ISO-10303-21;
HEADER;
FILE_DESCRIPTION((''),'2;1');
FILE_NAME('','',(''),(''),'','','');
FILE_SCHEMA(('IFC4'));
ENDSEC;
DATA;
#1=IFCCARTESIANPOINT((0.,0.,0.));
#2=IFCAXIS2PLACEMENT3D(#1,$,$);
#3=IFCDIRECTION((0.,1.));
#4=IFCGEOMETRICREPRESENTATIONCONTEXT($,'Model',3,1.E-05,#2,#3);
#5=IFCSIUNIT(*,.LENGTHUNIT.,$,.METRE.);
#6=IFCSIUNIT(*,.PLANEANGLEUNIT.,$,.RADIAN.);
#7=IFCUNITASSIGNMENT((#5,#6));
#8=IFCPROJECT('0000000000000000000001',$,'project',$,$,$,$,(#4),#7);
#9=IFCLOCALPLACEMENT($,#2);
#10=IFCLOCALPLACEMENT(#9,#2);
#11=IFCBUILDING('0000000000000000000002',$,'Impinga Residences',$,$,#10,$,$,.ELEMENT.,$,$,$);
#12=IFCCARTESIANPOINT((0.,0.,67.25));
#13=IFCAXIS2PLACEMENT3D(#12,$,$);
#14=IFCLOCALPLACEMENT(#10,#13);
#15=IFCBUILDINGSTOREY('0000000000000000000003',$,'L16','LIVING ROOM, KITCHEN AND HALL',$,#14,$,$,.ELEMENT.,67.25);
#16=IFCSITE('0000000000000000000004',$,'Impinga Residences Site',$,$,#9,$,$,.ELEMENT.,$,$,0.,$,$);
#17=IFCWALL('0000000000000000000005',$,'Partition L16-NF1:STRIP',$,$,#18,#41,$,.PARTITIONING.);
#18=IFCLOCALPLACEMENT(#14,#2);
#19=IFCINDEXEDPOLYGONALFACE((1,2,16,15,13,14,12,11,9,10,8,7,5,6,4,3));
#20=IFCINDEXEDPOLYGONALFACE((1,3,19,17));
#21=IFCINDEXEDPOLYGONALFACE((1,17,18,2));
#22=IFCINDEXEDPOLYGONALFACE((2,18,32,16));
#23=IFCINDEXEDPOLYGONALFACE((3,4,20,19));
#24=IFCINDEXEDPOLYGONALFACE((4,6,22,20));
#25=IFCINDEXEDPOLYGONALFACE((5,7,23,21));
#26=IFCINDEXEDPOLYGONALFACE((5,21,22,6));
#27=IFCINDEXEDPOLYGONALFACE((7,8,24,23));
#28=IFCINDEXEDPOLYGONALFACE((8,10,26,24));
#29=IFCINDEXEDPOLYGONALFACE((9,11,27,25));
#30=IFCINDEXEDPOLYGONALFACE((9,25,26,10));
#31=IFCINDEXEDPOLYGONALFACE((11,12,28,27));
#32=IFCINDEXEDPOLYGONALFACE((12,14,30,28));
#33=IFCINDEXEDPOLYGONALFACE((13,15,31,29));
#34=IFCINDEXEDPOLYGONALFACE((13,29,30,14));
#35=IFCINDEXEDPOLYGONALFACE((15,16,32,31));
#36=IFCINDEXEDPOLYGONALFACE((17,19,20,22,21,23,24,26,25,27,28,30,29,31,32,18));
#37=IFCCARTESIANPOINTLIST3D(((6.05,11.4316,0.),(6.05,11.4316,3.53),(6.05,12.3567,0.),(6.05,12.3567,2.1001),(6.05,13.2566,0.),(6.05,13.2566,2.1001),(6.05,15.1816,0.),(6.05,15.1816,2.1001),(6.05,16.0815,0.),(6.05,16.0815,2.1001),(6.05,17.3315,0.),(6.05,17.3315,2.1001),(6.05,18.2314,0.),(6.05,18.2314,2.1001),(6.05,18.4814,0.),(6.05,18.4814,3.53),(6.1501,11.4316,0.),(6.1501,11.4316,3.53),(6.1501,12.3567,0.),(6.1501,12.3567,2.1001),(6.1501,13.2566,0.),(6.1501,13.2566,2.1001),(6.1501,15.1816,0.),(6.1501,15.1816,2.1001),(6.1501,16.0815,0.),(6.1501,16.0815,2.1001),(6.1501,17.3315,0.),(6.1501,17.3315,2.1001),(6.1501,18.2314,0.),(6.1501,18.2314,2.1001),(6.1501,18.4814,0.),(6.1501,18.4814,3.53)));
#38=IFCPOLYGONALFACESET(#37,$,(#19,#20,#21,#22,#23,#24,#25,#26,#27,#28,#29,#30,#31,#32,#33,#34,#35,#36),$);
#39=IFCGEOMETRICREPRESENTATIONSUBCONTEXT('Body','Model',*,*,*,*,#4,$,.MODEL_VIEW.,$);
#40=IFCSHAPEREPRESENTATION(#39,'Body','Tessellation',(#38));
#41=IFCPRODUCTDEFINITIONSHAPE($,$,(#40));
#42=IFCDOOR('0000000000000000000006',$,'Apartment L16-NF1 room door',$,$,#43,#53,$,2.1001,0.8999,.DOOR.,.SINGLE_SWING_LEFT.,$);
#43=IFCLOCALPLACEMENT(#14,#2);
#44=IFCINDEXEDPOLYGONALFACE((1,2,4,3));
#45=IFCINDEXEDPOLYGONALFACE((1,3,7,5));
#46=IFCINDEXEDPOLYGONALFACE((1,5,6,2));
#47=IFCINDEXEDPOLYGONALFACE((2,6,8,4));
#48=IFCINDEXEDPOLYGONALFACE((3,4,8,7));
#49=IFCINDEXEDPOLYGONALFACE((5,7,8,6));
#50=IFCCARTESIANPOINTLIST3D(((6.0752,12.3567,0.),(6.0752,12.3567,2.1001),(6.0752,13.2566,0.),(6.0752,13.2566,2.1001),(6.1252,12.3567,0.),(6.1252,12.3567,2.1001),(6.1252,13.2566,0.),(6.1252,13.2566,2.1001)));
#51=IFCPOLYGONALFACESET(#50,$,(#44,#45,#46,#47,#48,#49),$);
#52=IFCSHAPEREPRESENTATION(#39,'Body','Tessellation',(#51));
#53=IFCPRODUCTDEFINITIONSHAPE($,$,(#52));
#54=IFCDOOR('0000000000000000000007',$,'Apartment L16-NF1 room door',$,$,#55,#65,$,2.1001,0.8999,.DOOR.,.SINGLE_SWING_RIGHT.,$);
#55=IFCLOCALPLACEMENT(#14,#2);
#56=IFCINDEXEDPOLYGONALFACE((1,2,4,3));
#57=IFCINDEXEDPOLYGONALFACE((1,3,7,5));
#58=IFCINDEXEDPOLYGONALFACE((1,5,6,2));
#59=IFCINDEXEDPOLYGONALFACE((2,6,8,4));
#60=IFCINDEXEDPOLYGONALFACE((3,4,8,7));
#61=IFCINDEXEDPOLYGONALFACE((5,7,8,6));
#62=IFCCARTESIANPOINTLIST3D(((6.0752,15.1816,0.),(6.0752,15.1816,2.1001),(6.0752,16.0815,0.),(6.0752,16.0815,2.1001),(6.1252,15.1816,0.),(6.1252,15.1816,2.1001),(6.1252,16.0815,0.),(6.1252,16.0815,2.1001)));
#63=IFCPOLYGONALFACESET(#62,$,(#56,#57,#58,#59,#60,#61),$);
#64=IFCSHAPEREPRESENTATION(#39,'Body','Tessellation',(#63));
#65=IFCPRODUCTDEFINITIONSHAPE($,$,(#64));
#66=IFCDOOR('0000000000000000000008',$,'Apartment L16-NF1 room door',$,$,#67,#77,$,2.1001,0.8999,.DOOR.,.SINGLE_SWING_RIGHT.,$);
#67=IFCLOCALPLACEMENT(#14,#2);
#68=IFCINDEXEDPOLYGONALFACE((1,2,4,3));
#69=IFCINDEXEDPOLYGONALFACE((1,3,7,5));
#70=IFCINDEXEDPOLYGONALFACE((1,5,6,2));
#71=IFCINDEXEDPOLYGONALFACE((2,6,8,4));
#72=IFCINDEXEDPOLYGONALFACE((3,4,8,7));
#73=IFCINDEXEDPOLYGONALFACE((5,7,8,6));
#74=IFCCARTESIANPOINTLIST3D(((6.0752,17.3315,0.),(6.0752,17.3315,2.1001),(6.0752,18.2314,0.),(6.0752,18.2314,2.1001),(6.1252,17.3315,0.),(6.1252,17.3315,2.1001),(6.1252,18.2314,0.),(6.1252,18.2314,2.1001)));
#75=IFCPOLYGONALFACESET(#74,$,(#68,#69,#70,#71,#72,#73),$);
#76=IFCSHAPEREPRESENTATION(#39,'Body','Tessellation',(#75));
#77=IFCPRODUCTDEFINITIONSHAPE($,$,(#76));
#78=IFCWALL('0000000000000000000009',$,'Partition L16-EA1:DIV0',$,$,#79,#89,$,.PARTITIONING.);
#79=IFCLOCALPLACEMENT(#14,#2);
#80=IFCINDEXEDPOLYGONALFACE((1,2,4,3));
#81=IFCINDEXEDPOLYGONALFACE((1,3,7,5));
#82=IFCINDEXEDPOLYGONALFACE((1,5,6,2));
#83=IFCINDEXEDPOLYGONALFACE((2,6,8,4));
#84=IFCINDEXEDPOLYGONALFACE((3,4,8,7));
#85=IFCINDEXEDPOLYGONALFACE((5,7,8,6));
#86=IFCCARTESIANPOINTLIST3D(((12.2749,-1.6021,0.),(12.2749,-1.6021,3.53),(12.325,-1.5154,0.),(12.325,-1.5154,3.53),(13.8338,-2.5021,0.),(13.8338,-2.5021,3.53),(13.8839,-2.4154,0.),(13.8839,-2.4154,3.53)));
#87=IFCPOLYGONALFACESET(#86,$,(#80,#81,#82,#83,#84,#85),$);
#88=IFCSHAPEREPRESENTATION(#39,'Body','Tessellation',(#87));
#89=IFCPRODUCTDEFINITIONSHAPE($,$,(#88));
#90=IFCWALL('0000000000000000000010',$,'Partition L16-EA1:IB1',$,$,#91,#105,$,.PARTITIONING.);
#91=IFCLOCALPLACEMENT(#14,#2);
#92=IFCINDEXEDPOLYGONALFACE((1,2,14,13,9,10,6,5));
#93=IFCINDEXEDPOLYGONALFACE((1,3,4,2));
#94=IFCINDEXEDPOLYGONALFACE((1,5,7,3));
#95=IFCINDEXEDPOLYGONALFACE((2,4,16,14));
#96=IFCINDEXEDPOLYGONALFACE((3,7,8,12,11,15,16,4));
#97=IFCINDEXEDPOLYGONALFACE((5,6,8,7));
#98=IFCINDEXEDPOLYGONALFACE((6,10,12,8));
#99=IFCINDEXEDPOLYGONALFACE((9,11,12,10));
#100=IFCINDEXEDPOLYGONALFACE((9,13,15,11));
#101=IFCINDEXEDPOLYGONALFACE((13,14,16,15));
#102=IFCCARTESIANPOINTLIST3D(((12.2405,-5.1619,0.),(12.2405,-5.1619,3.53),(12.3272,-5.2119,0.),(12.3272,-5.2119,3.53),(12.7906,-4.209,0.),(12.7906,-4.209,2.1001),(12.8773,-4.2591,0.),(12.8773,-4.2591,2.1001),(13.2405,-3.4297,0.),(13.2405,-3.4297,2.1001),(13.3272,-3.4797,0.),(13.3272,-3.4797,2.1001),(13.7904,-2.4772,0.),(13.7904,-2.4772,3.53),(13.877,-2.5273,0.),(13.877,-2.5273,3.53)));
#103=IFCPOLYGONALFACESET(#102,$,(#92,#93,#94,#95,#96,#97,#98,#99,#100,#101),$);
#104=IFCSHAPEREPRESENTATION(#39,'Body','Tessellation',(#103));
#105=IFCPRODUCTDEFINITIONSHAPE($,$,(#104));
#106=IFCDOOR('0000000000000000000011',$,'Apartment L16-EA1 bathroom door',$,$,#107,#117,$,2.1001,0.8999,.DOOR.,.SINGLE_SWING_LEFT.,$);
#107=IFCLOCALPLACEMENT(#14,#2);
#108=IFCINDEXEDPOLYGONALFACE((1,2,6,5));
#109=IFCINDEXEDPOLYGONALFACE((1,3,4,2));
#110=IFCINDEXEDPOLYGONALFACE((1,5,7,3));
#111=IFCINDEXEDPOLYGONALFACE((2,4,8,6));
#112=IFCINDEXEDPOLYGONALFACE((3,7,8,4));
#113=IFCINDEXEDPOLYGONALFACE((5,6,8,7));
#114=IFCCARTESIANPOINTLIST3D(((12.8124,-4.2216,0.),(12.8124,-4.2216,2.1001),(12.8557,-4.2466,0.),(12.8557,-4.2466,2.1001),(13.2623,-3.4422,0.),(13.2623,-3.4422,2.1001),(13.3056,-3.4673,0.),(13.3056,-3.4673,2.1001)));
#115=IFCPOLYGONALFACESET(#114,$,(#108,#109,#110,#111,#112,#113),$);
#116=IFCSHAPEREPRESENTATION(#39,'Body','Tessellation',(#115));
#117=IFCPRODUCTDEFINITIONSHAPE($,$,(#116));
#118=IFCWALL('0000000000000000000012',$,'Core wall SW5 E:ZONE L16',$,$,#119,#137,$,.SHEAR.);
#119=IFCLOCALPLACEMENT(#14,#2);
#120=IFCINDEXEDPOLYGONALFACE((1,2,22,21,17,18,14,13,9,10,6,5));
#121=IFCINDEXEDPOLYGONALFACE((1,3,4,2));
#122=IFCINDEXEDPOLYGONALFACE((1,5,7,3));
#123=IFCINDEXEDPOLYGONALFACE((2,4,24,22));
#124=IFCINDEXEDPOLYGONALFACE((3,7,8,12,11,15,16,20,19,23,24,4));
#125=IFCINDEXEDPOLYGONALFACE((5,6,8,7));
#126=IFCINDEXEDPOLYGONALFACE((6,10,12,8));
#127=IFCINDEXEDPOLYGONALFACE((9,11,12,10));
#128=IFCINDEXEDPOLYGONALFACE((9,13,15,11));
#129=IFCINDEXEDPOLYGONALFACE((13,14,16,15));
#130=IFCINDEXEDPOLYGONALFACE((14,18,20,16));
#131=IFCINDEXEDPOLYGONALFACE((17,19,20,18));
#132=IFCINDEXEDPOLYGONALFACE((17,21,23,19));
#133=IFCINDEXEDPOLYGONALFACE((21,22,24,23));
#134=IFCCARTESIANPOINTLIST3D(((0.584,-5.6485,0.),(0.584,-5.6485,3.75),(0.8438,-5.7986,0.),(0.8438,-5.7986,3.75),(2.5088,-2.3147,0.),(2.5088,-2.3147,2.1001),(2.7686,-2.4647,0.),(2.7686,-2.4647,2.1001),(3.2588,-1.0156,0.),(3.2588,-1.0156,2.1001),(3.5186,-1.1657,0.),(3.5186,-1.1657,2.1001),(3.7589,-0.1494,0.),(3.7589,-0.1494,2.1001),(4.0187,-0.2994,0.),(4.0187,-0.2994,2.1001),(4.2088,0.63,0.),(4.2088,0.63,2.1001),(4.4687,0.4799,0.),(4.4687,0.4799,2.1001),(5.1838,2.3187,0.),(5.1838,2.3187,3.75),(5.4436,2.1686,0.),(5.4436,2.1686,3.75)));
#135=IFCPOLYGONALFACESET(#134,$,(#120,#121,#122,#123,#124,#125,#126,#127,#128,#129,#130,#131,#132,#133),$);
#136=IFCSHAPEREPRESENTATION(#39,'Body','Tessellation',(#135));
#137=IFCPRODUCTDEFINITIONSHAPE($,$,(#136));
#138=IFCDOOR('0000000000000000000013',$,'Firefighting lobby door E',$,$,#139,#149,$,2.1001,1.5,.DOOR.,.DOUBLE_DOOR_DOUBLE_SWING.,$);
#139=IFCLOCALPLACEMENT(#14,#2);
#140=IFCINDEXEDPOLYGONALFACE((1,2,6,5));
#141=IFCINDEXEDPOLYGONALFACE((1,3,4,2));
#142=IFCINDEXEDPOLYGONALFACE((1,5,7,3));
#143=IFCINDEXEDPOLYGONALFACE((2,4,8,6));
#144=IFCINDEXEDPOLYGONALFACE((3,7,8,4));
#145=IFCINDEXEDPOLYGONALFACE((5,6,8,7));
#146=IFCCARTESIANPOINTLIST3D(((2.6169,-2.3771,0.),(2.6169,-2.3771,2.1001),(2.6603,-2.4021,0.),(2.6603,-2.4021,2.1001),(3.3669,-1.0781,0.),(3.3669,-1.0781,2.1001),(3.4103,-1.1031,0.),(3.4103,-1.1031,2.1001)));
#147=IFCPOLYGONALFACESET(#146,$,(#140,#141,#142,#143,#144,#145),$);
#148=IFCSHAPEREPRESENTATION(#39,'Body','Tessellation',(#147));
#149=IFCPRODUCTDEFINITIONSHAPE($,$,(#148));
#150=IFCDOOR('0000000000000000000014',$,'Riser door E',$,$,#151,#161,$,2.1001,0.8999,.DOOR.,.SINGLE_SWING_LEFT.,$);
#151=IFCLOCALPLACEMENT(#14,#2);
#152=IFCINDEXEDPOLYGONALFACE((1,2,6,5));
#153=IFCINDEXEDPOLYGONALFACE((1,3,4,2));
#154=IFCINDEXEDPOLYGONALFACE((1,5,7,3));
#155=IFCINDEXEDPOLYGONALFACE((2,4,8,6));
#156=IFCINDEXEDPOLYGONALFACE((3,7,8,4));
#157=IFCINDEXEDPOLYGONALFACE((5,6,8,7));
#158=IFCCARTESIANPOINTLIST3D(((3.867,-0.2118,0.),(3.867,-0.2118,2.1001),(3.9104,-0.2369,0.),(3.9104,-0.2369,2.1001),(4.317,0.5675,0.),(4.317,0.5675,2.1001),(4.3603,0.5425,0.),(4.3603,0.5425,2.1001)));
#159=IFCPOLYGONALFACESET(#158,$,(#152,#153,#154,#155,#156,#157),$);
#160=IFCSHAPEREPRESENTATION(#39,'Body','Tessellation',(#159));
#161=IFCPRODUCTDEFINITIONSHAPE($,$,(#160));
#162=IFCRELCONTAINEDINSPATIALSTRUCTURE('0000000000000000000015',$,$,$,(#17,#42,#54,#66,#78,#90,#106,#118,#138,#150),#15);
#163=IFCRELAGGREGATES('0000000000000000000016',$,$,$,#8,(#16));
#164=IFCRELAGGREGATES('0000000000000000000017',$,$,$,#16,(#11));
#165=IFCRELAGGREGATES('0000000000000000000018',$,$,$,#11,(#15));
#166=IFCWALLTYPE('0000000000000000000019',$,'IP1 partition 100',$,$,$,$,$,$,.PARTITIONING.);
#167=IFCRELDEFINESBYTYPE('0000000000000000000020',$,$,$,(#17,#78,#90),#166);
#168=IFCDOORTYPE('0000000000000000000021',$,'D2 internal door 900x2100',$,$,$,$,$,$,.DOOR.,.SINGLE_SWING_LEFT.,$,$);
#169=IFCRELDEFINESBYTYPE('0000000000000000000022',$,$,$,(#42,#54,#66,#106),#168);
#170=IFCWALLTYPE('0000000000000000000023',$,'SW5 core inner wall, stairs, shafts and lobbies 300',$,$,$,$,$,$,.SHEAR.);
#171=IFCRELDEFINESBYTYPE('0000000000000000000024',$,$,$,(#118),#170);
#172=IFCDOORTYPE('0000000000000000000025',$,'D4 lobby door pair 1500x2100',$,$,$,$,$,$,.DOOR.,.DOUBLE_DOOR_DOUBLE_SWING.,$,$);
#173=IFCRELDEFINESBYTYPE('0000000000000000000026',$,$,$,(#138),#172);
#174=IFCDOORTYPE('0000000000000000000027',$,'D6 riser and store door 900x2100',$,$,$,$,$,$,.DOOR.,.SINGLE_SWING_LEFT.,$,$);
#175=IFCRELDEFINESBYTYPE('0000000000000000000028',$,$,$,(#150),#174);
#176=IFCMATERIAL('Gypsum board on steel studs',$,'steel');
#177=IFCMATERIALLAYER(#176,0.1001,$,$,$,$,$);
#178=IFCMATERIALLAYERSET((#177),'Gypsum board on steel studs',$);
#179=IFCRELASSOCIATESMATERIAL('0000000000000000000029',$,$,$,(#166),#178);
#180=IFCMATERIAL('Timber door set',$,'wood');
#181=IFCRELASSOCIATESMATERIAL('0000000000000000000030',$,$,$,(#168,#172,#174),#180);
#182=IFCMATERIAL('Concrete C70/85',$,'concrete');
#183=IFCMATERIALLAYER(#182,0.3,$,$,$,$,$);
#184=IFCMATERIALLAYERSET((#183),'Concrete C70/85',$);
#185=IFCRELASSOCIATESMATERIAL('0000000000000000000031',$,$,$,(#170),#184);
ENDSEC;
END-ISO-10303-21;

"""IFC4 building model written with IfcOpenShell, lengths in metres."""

from ifc_helpers import new_model, si_unit, direction, frame, frame_2d, origin, place, context, subcontext, project, spatial, rectangle, extrude, material, layer, layer_set, type_object, element, fill, save


model = new_model("IFC4")

# Units and contexts
model_context = context("Model", 3, precision=1e-05, world=origin(), true_north=direction((0.0, 1.0)))
body_context = subcontext(model_context, "Body", "Model", "MODEL_VIEW")
ifc_project = project(units=[si_unit("LENGTHUNIT", "METRE"), si_unit("PLANEANGLEUNIT", "RADIAN")], contexts=[model_context])

# Site, building, storey
site_placement = place(None, origin())
site = spatial("IfcSite", under=ifc_project, at=site_placement, Name="Impinga Residences Site", CompositionType="ELEMENT", RefElevation=0.0)
building_placement = place(site_placement, origin())
building = spatial("IfcBuilding", under=site, at=building_placement, Name="Impinga Residences", CompositionType="ELEMENT")
storey_placement = place(building_placement, frame((0.0, 0.0, 67.25)))
storey = spatial("IfcBuildingStorey", under=building, at=storey_placement, Name="L16", Description="LIVING ROOM, KITCHEN AND HALL", CompositionType="ELEMENT", Elevation=67.25)

# Shared definitions
ifc_material_1 = material(Name="Concrete C70/85", Category="concrete")

# Shared definitions
ifc_material_2 = material(Name="Timber door set", Category="wood")

# Shared definitions
ifc_material_3 = material(Name="Gypsum board on steel studs", Category="steel")
ifc_layer_1 = layer(ifc_material_3, 0.1001)
ifc_layer_set_1 = layer_set([ifc_layer_1], Name="Gypsum board on steel studs")
wall_type_1 = type_object("IfcWallType", Name="IP1 partition 100", PredefinedType="PARTITIONING", material=ifc_layer_set_1)

# Wall, openings, doors
wall_1_placement = place(storey_placement, frame((6.1001, 11.4316, 0.0), z_axis=(0.0, 0.0, 1.0), x_axis=(0.0, 1.0, 0.0)))
wall_1 = element("IfcWall", 1, at=wall_1_placement, inside=storey, type_object=wall_type_1, Name="Partition L16-NF1:STRIP", PredefinedType="PARTITIONING", context=body_context, shape_type="SweptSolid", body=[
    extrude(rectangle(XDim=7.0498, YDim=0.1001, at=frame_2d((3.5249, 0.0))), origin(), (0.0, 0.0, 1.0), 3.53),
])
opening_1_placement = place(wall_1_placement, frame((0.925, 0.0, 0.0)))
opening_1 = element("IfcOpeningElement", 2, at=opening_1_placement, cuts=wall_1, PredefinedType="OPENING", context=body_context, shape_type="SweptSolid", body=[
    extrude(rectangle(XDim=0.8999, YDim=2.1001, at=frame_2d((0.45, 1.05))), frame((0.0, 0.0601, 0.0), z_axis=(0.0, -1.0, 0.0), x_axis=(1.0, 0.0, 0.0)), (0.0, 0.0, 1.0), 0.1201),
])
opening_2_placement = place(wall_1_placement, frame((3.75, 0.0, 0.0)))
opening_2 = element("IfcOpeningElement", 3, at=opening_2_placement, cuts=wall_1, PredefinedType="OPENING", context=body_context, shape_type="SweptSolid", body=[
    extrude(rectangle(XDim=0.8999, YDim=2.1001, at=frame_2d((0.45, 1.05))), frame((0.0, 0.0601, 0.0), z_axis=(0.0, -1.0, 0.0), x_axis=(1.0, 0.0, 0.0)), (0.0, 0.0, 1.0), 0.1201),
])
opening_3_placement = place(wall_1_placement, frame((5.8999, 0.0, 0.0)))
opening_3 = element("IfcOpeningElement", 4, at=opening_3_placement, cuts=wall_1, PredefinedType="OPENING", context=body_context, shape_type="SweptSolid", body=[
    extrude(rectangle(XDim=0.8999, YDim=2.1001, at=frame_2d((0.45, 1.05))), frame((0.0, 0.0601, 0.0), z_axis=(0.0, -1.0, 0.0), x_axis=(1.0, 0.0, 0.0)), (0.0, 0.0, 1.0), 0.1201),
])
door_type_1 = type_object("IfcDoorType", Name="D2 internal door 900x2100", OperationType="SINGLE_SWING_LEFT", PredefinedType="DOOR", material=ifc_material_2)
door_1_placement = place(opening_1_placement, origin())
door_1 = element("IfcDoor", 5, at=door_1_placement, inside=storey, type_object=door_type_1, Name="Apartment L16-NF1 room door", OperationType="SINGLE_SWING_LEFT", OverallHeight=2.1001, OverallWidth=0.8999, PredefinedType="DOOR", context=body_context, shape_type="SweptSolid", body=[
    extrude(rectangle(XDim=0.8999, YDim=2.1001, at=frame_2d((0.45, 1.05))), frame((0.0, 0.0249, 0.0), z_axis=(0.0, -1.0, 0.0), x_axis=(1.0, 0.0, 0.0)), (0.0, 0.0, 1.0), 0.05),
])
fill(opening_1, door_1)
door_2_placement = place(opening_2_placement, origin())
door_2 = element("IfcDoor", 6, at=door_2_placement, inside=storey, type_object=door_type_1, Name="Apartment L16-NF1 room door", OperationType="SINGLE_SWING_RIGHT", OverallHeight=2.1001, OverallWidth=0.8999, PredefinedType="DOOR", context=body_context, shape_type="SweptSolid", body=[
    extrude(rectangle(XDim=0.8999, YDim=2.1001, at=frame_2d((0.45, 1.05))), frame((0.0, 0.0249, 0.0), z_axis=(0.0, -1.0, 0.0), x_axis=(1.0, 0.0, 0.0)), (0.0, 0.0, 1.0), 0.05),
])
fill(opening_2, door_2)
door_3_placement = place(opening_3_placement, origin())
door_3 = element("IfcDoor", 7, at=door_3_placement, inside=storey, type_object=door_type_1, Name="Apartment L16-NF1 room door", OperationType="SINGLE_SWING_RIGHT", OverallHeight=2.1001, OverallWidth=0.8999, PredefinedType="DOOR", context=body_context, shape_type="SweptSolid", body=[
    extrude(rectangle(XDim=0.8999, YDim=2.1001, at=frame_2d((0.45, 1.05))), frame((0.0, 0.0249, 0.0), z_axis=(0.0, -1.0, 0.0), x_axis=(1.0, 0.0, 0.0)), (0.0, 0.0, 1.0), 0.05),
])
fill(opening_3, door_3)

# Wall
wall_2_placement = place(storey_placement, frame((12.3, -1.5588, 0.0), z_axis=(0.0, 0.0, 1.0), x_axis=(0.866048, -0.499961, 0.0)))
element("IfcWall", 8, at=wall_2_placement, inside=storey, type_object=wall_type_1, Name="Partition L16-EA1:DIV0", PredefinedType="PARTITIONING", context=body_context, shape_type="SweptSolid", body=[
    extrude(rectangle(XDim=1.8, YDim=0.1001, at=frame_2d((0.8999, 0.0))), origin(), (0.0, 0.0, 1.0), 3.53),
])

# Wall, opening, door
wall_3_placement = place(storey_placement, frame((12.2839, -5.1868, 0.0), z_axis=(0.0, 0.0, 1.0), x_axis=(0.499968, 0.866044, 0.0)))
wall_3 = element("IfcWall", 9, at=wall_3_placement, inside=storey, type_object=wall_type_1, Name="Partition L16-EA1:IB1", PredefinedType="PARTITIONING", context=body_context, shape_type="SweptSolid", body=[
    extrude(rectangle(XDim=3.0999, YDim=0.1001, at=frame_2d((1.5498, 0.0))), origin(), (0.0, 0.0, 1.0), 3.53),
])
opening_4_placement = place(wall_3_placement, frame((1.1001, 0.0, 0.0)))
opening_4 = element("IfcOpeningElement", 10, at=opening_4_placement, cuts=wall_3, PredefinedType="OPENING", context=body_context, shape_type="SweptSolid", body=[
    extrude(rectangle(XDim=0.8999, YDim=2.1001, at=frame_2d((0.45, 1.05))), frame((0.0, 0.0601, 0.0), z_axis=(0.0, -1.0, 0.0), x_axis=(1.0, 0.0, 0.0)), (0.0, 0.0, 1.0), 0.1201),
])
door_4_placement = place(opening_4_placement, origin())
door_4 = element("IfcDoor", 11, at=door_4_placement, inside=storey, type_object=door_type_1, Name="Apartment L16-EA1 bathroom door", OperationType="SINGLE_SWING_LEFT", OverallHeight=2.1001, OverallWidth=0.8999, PredefinedType="DOOR", context=body_context, shape_type="SweptSolid", body=[
    extrude(rectangle(XDim=0.8999, YDim=2.1001, at=frame_2d((0.45, 1.05))), frame((0.0, 0.0249, 0.0), z_axis=(0.0, -1.0, 0.0), x_axis=(1.0, 0.0, 0.0)), (0.0, 0.0, 1.0), 0.05),
])
fill(opening_4, door_4)

# Wall, openings, doors
ifc_layer_2 = layer(ifc_material_1, 0.3)
ifc_layer_set_2 = layer_set([ifc_layer_2], Name="Concrete C70/85")
wall_type_2 = type_object("IfcWallType", Name="SW5 core inner wall, stairs, shafts and lobbies 300", PredefinedType="SHEAR", material=ifc_layer_set_2)
wall_4_placement = place(storey_placement, frame((5.3137, 2.2437, 0.0), z_axis=(0.0, 0.0, 1.0), x_axis=(-0.499995, -0.866028, 0.0)))
wall_4 = element("IfcWall", 12, at=wall_4_placement, inside=storey, type_object=wall_type_2, Name="Core wall SW5 E:ZONE L16", PredefinedType="SHEAR", context=body_context, shape_type="SweptSolid", body=[
    extrude(rectangle(XDim=9.1997, YDim=0.3, at=frame_2d((4.5999, 0.0))), origin(), (0.0, 0.0, 1.0), 3.75),
])
opening_5_placement = place(wall_4_placement, frame((3.8501, 0.0, 0.0)))
opening_5 = element("IfcOpeningElement", 13, at=opening_5_placement, cuts=wall_4, PredefinedType="OPENING", context=body_context, shape_type="SweptSolid", body=[
    extrude(rectangle(XDim=1.5, YDim=2.1001, at=frame_2d((0.75, 1.05))), frame((0.0, 0.1599, 0.0), z_axis=(0.0, -1.0, 0.0), x_axis=(1.0, 0.0, 0.0)), (0.0, 0.0, 1.0), 0.3201),
])
opening_6_placement = place(wall_4_placement, frame((1.95, 0.0, 0.0)))
opening_6 = element("IfcOpeningElement", 14, at=opening_6_placement, cuts=wall_4, PredefinedType="OPENING", context=body_context, shape_type="SweptSolid", body=[
    extrude(rectangle(XDim=0.8999, YDim=2.1001, at=frame_2d((0.45, 1.05))), frame((0.0, 0.1599, 0.0), z_axis=(0.0, -1.0, 0.0), x_axis=(1.0, 0.0, 0.0)), (0.0, 0.0, 1.0), 0.3201),
])
door_type_2 = type_object("IfcDoorType", Name="D4 lobby door pair 1500x2100", OperationType="DOUBLE_DOOR_DOUBLE_SWING", PredefinedType="DOOR", material=ifc_material_2)
door_5_placement = place(opening_5_placement, origin())
door_5 = element("IfcDoor", 15, at=door_5_placement, inside=storey, type_object=door_type_2, Name="Firefighting lobby door E", OperationType="DOUBLE_DOOR_DOUBLE_SWING", OverallHeight=2.1001, OverallWidth=1.5, PredefinedType="DOOR", context=body_context, shape_type="SweptSolid", body=[
    extrude(rectangle(XDim=1.5, YDim=2.1001, at=frame_2d((0.75, 1.05))), frame((0.0, 0.0249, 0.0), z_axis=(0.0, -1.0, 0.0), x_axis=(1.0, 0.0, 0.0)), (0.0, 0.0, 1.0), 0.05),
])
fill(opening_5, door_5)
door_type_3 = type_object("IfcDoorType", Name="D6 riser and store door 900x2100", OperationType="SINGLE_SWING_LEFT", PredefinedType="DOOR", material=ifc_material_2)
door_6_placement = place(opening_6_placement, origin())
door_6 = element("IfcDoor", 16, at=door_6_placement, inside=storey, type_object=door_type_3, Name="Riser door E", OperationType="SINGLE_SWING_LEFT", OverallHeight=2.1001, OverallWidth=0.8999, PredefinedType="DOOR", context=body_context, shape_type="SweptSolid", body=[
    extrude(rectangle(XDim=0.8999, YDim=2.1001, at=frame_2d((0.45, 1.05))), frame((0.0, 0.0249, 0.0), z_axis=(0.0, -1.0, 0.0), x_axis=(1.0, 0.0, 0.0)), (0.0, 0.0, 1.0), 0.05),
])
fill(opening_6, door_6)

save(model, "model.ifc")
